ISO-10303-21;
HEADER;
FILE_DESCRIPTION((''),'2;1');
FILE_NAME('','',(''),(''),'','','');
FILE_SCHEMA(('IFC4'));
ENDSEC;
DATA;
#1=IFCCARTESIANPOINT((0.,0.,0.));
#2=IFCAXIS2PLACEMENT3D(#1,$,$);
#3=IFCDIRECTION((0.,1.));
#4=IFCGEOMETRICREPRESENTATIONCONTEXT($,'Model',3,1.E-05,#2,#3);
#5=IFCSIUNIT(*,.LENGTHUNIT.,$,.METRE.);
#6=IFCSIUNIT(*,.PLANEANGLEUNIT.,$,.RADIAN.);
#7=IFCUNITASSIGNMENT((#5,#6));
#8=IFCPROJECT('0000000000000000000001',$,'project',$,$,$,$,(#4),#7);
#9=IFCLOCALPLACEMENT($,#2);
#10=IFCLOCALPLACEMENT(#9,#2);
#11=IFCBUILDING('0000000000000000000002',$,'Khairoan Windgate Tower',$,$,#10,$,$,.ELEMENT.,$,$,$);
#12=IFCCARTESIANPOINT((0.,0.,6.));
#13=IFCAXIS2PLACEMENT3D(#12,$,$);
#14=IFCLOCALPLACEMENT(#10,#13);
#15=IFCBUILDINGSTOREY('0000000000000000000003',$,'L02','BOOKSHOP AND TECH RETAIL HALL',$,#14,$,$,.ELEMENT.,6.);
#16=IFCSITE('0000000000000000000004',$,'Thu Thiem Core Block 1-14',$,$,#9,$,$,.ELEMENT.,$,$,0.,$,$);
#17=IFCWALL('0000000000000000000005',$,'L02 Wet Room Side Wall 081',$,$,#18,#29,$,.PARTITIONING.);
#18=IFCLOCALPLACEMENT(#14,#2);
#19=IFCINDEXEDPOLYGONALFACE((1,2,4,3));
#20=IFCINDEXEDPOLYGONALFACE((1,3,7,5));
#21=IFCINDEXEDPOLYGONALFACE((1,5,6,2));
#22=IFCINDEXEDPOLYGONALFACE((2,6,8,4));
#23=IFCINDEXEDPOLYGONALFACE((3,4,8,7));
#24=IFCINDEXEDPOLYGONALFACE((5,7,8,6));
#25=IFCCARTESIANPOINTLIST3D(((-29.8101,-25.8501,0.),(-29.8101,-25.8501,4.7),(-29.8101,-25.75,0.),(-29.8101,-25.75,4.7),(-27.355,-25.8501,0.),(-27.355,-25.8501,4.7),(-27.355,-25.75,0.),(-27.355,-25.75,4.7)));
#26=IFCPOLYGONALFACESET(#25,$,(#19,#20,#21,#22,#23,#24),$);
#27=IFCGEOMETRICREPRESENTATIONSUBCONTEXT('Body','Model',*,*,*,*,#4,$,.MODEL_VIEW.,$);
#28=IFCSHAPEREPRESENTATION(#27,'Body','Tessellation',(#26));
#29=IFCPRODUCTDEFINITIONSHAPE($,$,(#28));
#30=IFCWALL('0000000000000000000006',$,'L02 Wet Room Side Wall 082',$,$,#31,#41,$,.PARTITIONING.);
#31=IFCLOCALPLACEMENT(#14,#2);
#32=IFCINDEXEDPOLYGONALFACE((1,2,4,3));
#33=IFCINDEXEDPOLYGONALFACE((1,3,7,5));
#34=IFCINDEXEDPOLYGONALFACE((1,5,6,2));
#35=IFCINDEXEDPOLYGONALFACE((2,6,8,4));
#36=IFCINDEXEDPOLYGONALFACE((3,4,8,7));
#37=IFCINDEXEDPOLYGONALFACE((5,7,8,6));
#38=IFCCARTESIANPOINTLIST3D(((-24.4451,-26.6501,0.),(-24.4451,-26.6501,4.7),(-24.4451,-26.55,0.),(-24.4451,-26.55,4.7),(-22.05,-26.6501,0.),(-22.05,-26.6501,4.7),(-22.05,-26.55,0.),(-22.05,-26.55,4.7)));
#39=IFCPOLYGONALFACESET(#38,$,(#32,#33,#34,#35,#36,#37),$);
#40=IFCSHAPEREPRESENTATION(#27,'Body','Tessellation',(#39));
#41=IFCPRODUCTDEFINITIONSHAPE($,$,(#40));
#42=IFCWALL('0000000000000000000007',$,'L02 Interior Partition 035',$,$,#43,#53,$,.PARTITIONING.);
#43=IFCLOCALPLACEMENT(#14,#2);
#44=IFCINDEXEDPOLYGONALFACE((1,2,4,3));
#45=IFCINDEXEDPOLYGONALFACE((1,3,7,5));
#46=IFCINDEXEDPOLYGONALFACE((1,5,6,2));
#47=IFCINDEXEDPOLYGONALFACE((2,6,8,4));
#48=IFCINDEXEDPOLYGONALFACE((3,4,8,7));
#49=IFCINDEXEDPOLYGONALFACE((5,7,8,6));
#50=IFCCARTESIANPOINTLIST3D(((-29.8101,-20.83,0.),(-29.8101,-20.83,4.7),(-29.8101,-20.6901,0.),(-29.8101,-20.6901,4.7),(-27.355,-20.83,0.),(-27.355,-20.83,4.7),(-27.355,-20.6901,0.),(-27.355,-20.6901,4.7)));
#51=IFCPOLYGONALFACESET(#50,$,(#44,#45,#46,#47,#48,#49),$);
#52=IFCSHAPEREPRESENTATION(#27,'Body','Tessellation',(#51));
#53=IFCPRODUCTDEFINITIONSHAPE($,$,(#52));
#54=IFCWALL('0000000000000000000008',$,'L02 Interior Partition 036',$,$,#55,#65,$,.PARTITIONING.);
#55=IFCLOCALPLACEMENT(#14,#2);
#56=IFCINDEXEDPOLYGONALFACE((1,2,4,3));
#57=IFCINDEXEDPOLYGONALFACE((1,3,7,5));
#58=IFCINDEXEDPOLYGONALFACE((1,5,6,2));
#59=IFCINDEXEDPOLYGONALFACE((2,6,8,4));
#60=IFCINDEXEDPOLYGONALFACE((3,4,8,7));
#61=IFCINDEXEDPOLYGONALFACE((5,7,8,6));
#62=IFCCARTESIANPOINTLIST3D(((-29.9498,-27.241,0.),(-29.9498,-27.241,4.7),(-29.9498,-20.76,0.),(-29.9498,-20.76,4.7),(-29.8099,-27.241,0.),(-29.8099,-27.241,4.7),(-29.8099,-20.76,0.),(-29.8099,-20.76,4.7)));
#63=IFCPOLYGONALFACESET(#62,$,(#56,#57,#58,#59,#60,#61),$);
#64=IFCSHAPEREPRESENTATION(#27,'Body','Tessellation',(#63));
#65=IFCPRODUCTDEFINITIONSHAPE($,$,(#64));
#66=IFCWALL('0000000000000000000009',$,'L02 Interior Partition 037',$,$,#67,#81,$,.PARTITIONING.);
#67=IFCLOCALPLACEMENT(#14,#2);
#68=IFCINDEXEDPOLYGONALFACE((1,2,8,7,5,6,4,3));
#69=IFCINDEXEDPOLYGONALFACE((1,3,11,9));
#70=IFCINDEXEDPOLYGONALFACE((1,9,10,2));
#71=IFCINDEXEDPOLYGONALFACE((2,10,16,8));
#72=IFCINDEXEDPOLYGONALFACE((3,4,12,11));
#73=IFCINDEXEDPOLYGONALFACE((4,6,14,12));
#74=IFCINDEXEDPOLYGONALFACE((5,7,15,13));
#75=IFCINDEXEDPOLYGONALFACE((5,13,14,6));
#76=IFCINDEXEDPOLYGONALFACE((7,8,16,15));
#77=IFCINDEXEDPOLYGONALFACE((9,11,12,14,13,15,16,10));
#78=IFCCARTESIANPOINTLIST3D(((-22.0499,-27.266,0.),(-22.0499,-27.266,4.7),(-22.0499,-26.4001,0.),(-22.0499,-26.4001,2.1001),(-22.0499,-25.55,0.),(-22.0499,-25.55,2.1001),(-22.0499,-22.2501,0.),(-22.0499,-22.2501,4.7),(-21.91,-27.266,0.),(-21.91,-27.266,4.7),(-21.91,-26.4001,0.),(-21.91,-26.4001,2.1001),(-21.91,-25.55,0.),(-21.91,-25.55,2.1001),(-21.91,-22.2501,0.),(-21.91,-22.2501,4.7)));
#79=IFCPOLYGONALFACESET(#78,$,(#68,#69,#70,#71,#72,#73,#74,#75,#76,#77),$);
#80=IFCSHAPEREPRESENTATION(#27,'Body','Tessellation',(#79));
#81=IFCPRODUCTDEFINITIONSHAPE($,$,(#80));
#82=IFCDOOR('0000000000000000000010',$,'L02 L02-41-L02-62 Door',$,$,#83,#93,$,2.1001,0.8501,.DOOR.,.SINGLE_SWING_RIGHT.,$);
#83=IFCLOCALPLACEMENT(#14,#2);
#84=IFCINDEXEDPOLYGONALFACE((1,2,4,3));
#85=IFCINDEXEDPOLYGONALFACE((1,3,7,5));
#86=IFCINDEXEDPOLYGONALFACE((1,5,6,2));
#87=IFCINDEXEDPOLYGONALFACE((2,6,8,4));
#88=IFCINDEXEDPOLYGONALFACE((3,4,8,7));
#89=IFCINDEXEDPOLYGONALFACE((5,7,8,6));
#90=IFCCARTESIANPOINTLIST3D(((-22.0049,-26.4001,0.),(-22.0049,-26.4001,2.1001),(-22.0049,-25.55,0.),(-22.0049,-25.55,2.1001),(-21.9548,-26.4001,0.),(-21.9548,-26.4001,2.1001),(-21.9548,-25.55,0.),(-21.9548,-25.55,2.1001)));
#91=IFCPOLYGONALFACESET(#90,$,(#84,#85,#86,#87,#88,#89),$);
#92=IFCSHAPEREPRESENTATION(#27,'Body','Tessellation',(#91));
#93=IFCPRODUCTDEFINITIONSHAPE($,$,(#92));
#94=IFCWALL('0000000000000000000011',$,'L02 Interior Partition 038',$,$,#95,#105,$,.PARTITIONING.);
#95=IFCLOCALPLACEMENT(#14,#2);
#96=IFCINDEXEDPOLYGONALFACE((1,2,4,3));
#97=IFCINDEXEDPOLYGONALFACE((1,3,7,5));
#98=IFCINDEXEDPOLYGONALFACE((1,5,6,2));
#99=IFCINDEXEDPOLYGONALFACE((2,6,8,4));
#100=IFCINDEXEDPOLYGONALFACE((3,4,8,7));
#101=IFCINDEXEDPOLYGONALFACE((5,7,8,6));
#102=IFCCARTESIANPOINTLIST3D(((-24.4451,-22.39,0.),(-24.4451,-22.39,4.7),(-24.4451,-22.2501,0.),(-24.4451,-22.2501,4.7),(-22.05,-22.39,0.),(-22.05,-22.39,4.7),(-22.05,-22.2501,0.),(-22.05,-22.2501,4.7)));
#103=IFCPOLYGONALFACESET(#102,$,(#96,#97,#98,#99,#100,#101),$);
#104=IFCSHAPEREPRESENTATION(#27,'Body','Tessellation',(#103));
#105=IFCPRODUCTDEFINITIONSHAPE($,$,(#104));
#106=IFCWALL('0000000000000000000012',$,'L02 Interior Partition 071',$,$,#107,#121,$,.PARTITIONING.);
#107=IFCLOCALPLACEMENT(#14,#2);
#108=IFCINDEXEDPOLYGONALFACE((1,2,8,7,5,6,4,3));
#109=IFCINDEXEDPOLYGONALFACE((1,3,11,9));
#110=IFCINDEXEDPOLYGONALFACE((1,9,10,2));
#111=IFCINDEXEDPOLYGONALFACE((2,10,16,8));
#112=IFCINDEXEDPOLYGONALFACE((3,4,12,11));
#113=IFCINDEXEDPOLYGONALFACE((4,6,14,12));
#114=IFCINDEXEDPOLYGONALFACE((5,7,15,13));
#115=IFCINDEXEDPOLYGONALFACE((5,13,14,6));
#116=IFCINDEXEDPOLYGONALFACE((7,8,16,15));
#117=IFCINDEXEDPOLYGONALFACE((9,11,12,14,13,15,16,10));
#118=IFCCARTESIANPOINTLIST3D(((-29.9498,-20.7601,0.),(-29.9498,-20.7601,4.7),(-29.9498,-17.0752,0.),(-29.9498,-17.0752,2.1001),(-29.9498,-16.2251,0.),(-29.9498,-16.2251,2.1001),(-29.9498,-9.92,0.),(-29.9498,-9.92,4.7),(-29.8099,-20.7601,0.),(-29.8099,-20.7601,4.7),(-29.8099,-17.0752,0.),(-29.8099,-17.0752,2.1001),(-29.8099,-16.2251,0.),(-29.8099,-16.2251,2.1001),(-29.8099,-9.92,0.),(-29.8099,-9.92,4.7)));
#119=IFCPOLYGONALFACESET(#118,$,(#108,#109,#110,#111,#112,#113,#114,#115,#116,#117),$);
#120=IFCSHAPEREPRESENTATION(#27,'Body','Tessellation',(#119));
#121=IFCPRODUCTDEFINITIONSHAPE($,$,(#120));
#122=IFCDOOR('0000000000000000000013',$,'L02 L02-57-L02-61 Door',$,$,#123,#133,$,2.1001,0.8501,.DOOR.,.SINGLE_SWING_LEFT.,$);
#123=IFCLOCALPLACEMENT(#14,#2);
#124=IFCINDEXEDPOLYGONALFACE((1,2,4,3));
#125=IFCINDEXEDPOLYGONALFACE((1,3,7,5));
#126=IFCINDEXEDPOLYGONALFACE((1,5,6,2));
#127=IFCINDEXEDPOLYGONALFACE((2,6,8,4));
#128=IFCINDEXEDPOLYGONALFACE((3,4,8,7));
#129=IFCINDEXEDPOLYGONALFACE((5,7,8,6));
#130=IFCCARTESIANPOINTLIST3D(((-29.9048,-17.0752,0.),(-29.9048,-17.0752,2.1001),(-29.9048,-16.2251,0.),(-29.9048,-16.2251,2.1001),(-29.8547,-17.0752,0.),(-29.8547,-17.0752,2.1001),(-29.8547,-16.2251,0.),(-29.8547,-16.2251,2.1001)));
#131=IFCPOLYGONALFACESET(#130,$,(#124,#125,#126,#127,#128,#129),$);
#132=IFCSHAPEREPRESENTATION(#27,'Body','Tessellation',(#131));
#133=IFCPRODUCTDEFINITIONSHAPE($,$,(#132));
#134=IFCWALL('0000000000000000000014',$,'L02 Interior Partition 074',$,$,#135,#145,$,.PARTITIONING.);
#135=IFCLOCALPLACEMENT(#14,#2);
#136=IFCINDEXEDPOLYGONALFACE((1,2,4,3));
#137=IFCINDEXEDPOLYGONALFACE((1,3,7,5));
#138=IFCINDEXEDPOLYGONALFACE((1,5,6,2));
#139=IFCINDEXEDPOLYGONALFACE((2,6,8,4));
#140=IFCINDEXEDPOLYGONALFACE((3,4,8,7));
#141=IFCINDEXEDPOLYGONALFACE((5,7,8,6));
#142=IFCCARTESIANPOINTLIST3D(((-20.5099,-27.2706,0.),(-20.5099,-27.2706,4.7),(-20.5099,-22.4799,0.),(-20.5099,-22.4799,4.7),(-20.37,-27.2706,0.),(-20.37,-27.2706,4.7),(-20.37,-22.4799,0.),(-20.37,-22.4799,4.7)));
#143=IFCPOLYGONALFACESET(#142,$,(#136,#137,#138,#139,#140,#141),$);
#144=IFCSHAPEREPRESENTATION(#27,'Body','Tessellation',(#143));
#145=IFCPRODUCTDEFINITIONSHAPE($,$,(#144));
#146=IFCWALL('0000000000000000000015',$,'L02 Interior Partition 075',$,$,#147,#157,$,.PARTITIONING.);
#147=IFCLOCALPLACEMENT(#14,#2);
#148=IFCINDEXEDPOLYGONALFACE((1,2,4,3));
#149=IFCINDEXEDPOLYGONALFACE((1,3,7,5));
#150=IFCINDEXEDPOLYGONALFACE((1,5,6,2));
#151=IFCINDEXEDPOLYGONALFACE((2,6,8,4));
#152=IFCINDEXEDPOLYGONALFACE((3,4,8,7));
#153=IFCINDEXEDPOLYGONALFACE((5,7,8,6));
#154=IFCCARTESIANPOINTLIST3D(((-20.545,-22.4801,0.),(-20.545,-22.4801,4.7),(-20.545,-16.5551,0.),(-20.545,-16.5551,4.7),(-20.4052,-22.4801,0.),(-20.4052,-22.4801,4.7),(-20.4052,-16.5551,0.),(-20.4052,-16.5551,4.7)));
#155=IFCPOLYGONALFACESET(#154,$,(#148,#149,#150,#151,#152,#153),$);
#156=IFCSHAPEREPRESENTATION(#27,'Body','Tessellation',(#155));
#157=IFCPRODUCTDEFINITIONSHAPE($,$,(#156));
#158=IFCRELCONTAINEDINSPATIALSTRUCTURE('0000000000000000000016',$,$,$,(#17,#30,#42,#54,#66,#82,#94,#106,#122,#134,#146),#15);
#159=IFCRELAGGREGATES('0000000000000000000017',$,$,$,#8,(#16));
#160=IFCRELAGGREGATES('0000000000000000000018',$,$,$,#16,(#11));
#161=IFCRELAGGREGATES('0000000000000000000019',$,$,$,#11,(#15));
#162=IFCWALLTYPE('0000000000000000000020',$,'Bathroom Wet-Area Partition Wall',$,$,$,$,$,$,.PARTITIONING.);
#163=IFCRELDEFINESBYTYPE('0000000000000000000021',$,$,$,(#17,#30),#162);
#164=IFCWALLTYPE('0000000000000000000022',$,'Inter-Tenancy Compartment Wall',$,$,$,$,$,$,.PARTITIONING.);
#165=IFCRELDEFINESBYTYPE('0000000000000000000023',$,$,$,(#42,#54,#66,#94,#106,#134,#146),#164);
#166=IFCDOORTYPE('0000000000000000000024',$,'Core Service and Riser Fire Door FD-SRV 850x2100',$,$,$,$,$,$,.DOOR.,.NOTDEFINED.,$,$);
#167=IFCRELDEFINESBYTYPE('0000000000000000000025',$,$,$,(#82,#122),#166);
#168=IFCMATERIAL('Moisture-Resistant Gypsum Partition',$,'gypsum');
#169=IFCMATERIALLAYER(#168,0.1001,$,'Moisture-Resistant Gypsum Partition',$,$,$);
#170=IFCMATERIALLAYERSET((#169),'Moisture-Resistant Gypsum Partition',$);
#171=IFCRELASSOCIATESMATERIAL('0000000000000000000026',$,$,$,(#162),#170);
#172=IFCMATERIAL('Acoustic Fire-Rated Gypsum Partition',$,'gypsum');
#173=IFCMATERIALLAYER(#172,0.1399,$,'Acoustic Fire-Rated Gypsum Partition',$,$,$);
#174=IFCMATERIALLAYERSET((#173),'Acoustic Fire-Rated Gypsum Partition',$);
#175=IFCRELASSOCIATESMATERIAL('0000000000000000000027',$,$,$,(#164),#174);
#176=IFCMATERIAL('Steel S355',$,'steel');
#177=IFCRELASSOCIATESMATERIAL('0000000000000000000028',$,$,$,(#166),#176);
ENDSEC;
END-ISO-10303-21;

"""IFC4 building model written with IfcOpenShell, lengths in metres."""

from ifc_helpers import new_model, si_unit, direction, frame, frame_2d, origin, place, context, subcontext, project, spatial, rectangle, extrude, material, layer, layer_set, type_object, element, fill, save


model = new_model("IFC4")

# Units and contexts
model_context = context("Model", 3, precision=1e-05, world=origin(), true_north=direction((0.0, 1.0)))
body_context = subcontext(model_context, "Body", "Model", "MODEL_VIEW")
ifc_project = project(units=[si_unit("LENGTHUNIT", "METRE"), si_unit("PLANEANGLEUNIT", "RADIAN")], contexts=[model_context])

# Site, building, storey
site_placement = place(None, origin())
site = spatial("IfcSite", under=ifc_project, at=site_placement, Name="Thu Thiem Core Block 1-14", CompositionType="ELEMENT", RefElevation=0.0)
building_placement = place(site_placement, origin())
building = spatial("IfcBuilding", under=site, at=building_placement, Name="Khairoan Windgate Tower", CompositionType="ELEMENT")
storey_placement = place(building_placement, frame((0.0, 0.0, 6.0)))
storey = spatial("IfcBuildingStorey", under=building, at=storey_placement, Name="L02", Description="BOOKSHOP AND TECH RETAIL HALL", CompositionType="ELEMENT", Elevation=6.0)

# Walls
ifc_material_1 = material(Name="Moisture-Resistant Gypsum Partition", Category="gypsum")
ifc_layer_1 = layer(ifc_material_1, 0.1001, Name="Moisture-Resistant Gypsum Partition")
ifc_layer_set_1 = layer_set([ifc_layer_1], Name="Moisture-Resistant Gypsum Partition")
wall_type_1 = type_object("IfcWallType", Name="Bathroom Wet-Area Partition Wall", PredefinedType="PARTITIONING", material=ifc_layer_set_1)
wall_1_placement = place(storey_placement, frame((-27.355, -25.8, 0.0), z_axis=(0.0, 0.0, 1.0), x_axis=(-1.0, 0.0, 0.0)))
element("IfcWall", 1, at=wall_1_placement, inside=storey, type_object=wall_type_1, Name="L02 Wet Room Side Wall 081", PredefinedType="PARTITIONING", context=body_context, shape_type="SweptSolid", body=[
    extrude(rectangle(XDim=2.4551, YDim=0.1001, at=frame_2d((1.2275, 0.0))), origin(), (0.0, 0.0, 1.0), 4.7),
])
wall_2_placement = place(storey_placement, frame((-22.05, -26.6001, 0.0), z_axis=(0.0, 0.0, 1.0), x_axis=(-1.0, 0.0, 0.0)))
element("IfcWall", 2, at=wall_2_placement, inside=storey, type_object=wall_type_1, Name="L02 Wet Room Side Wall 082", PredefinedType="PARTITIONING", context=body_context, shape_type="SweptSolid", body=[
    extrude(rectangle(XDim=2.395, YDim=0.1001, at=frame_2d((1.1975, 0.0))), origin(), (0.0, 0.0, 1.0), 4.7),
])
ifc_material_2 = material(Name="Acoustic Fire-Rated Gypsum Partition", Category="gypsum")
ifc_layer_2 = layer(ifc_material_2, 0.1399, Name="Acoustic Fire-Rated Gypsum Partition")
ifc_layer_set_2 = layer_set([ifc_layer_2], Name="Acoustic Fire-Rated Gypsum Partition")
wall_type_2 = type_object("IfcWallType", Name="Inter-Tenancy Compartment Wall", PredefinedType="PARTITIONING", material=ifc_layer_set_2)
wall_3_placement = place(storey_placement, frame((-29.8101, -20.76, 0.0), z_axis=(0.0, 0.0, 1.0), x_axis=(1.0, 0.0, 0.0)))
element("IfcWall", 3, at=wall_3_placement, inside=storey, type_object=wall_type_2, Name="L02 Interior Partition 035", PredefinedType="PARTITIONING", context=body_context, shape_type="SweptSolid", body=[
    extrude(rectangle(XDim=2.4551, YDim=0.1399, at=frame_2d((1.2275, 0.0))), origin(), (0.0, 0.0, 1.0), 4.7),
])
wall_4_placement = place(storey_placement, frame((-29.8799, -27.241, 0.0), z_axis=(0.0, 0.0, 1.0), x_axis=(0.0, 1.0, 0.0)))
element("IfcWall", 4, at=wall_4_placement, inside=storey, type_object=wall_type_2, Name="L02 Interior Partition 036", PredefinedType="PARTITIONING", context=body_context, shape_type="SweptSolid", body=[
    extrude(rectangle(XDim=6.481, YDim=0.1399, at=frame_2d((3.2405, 0.0))), origin(), (0.0, 0.0, 1.0), 4.7),
])

# Wall, opening, door
wall_5_placement = place(storey_placement, frame((-21.98, -27.2659, 0.0), z_axis=(0.0, 0.0, 1.0), x_axis=(0.0, 1.0, 0.0)))
wall_5 = element("IfcWall", 5, at=wall_5_placement, inside=storey, type_object=wall_type_2, Name="L02 Interior Partition 037", PredefinedType="PARTITIONING", context=body_context, shape_type="SweptSolid", body=[
    extrude(rectangle(XDim=5.0159, YDim=0.1399, at=frame_2d((2.5078, 0.0))), origin(), (0.0, 0.0, 1.0), 4.7),
])
opening_1_placement = place(wall_5_placement, frame((0.8657, 0.0, 0.0)))
opening_1 = element("IfcOpeningElement", 6, at=opening_1_placement, cuts=wall_5, PredefinedType="OPENING", context=body_context, shape_type="SweptSolid", body=[
    extrude(rectangle(XDim=0.8501, YDim=2.1001, at=frame_2d((0.425, 1.05))), frame((0.0, 0.0798, 0.0), z_axis=(0.0, -1.0, 0.0), x_axis=(1.0, 0.0, 0.0)), (0.0, 0.0, 1.0), 0.1599),
])
ifc_material_3 = material(Name="Steel S355", Category="steel")
door_type_1 = type_object("IfcDoorType", Name="Core Service and Riser Fire Door FD-SRV 850x2100", OperationType="NOTDEFINED", PredefinedType="DOOR", material=ifc_material_3)
door_1_placement = place(opening_1_placement, origin())
door_1 = element("IfcDoor", 7, at=door_1_placement, inside=storey, type_object=door_type_1, Name="L02 L02-41-L02-62 Door", OperationType="SINGLE_SWING_RIGHT", OverallHeight=2.1001, OverallWidth=0.8501, PredefinedType="DOOR", context=body_context, shape_type="SweptSolid", body=[
    extrude(rectangle(XDim=0.8501, YDim=2.1001, at=frame_2d((0.425, 1.05))), frame((0.0, 0.0249, 0.0), z_axis=(0.0, -1.0, 0.0), x_axis=(1.0, 0.0, 0.0)), (0.0, 0.0, 1.0), 0.05),
])
fill(opening_1, door_1)

# Wall
wall_6_placement = place(storey_placement, frame((-24.4451, -22.3201, 0.0), z_axis=(0.0, 0.0, 1.0), x_axis=(1.0, 0.0, 0.0)))
element("IfcWall", 8, at=wall_6_placement, inside=storey, type_object=wall_type_2, Name="L02 Interior Partition 038", PredefinedType="PARTITIONING", context=body_context, shape_type="SweptSolid", body=[
    extrude(rectangle(XDim=2.395, YDim=0.1399, at=frame_2d((1.1975, 0.0))), origin(), (0.0, 0.0, 1.0), 4.7),
])

# Wall, opening, door
wall_7_placement = place(storey_placement, frame((-29.8799, -20.76, 0.0), z_axis=(0.0, 0.0, 1.0), x_axis=(0.0, 1.0, 0.0)))
wall_7 = element("IfcWall", 9, at=wall_7_placement, inside=storey, type_object=wall_type_2, Name="L02 Interior Partition 071", PredefinedType="PARTITIONING", context=body_context, shape_type="SweptSolid", body=[
    extrude(rectangle(XDim=10.8401, YDim=0.1399, at=frame_2d((5.4199, 0.0))), origin(), (0.0, 0.0, 1.0), 4.7),
])
opening_2_placement = place(wall_7_placement, frame((3.6848, 0.0, 0.0)))
opening_2 = element("IfcOpeningElement", 10, at=opening_2_placement, cuts=wall_7, PredefinedType="OPENING", context=body_context, shape_type="SweptSolid", body=[
    extrude(rectangle(XDim=0.8501, YDim=2.1001, at=frame_2d((0.425, 1.05))), frame((0.0, 0.0798, 0.0), z_axis=(0.0, -1.0, 0.0), x_axis=(1.0, 0.0, 0.0)), (0.0, 0.0, 1.0), 0.1599),
])
door_2_placement = place(opening_2_placement, origin())
door_2 = element("IfcDoor", 11, at=door_2_placement, inside=storey, type_object=door_type_1, Name="L02 L02-57-L02-61 Door", OperationType="SINGLE_SWING_LEFT", OverallHeight=2.1001, OverallWidth=0.8501, PredefinedType="DOOR", context=body_context, shape_type="SweptSolid", body=[
    extrude(rectangle(XDim=0.8501, YDim=2.1001, at=frame_2d((0.425, 1.05))), frame((0.0, 0.0249, 0.0), z_axis=(0.0, -1.0, 0.0), x_axis=(1.0, 0.0, 0.0)), (0.0, 0.0, 1.0), 0.05),
])
fill(opening_2, door_2)

# Walls
wall_8_placement = place(storey_placement, frame((-20.4399, -27.2708, 0.0), z_axis=(0.0, 0.0, 1.0), x_axis=(0.0, 1.0, 0.0)))
element("IfcWall", 12, at=wall_8_placement, inside=storey, type_object=wall_type_2, Name="L02 Interior Partition 074", PredefinedType="PARTITIONING", context=body_context, shape_type="SweptSolid", body=[
    extrude(rectangle(XDim=4.7908, YDim=0.1399, at=frame_2d((2.3955, 0.0))), origin(), (0.0, 0.0, 1.0), 4.7),
])
wall_9_placement = place(storey_placement, frame((-20.4751, -22.48, 0.0), z_axis=(0.0, 0.0, 1.0), x_axis=(0.0, 1.0, 0.0)))
element("IfcWall", 13, at=wall_9_placement, inside=storey, type_object=wall_type_2, Name="L02 Interior Partition 075", PredefinedType="PARTITIONING", context=body_context, shape_type="SweptSolid", body=[
    extrude(rectangle(XDim=5.925, YDim=0.1399, at=frame_2d((2.9624, 0.0))), origin(), (0.0, 0.0, 1.0), 4.7),
])

save(model, "model.ifc")
